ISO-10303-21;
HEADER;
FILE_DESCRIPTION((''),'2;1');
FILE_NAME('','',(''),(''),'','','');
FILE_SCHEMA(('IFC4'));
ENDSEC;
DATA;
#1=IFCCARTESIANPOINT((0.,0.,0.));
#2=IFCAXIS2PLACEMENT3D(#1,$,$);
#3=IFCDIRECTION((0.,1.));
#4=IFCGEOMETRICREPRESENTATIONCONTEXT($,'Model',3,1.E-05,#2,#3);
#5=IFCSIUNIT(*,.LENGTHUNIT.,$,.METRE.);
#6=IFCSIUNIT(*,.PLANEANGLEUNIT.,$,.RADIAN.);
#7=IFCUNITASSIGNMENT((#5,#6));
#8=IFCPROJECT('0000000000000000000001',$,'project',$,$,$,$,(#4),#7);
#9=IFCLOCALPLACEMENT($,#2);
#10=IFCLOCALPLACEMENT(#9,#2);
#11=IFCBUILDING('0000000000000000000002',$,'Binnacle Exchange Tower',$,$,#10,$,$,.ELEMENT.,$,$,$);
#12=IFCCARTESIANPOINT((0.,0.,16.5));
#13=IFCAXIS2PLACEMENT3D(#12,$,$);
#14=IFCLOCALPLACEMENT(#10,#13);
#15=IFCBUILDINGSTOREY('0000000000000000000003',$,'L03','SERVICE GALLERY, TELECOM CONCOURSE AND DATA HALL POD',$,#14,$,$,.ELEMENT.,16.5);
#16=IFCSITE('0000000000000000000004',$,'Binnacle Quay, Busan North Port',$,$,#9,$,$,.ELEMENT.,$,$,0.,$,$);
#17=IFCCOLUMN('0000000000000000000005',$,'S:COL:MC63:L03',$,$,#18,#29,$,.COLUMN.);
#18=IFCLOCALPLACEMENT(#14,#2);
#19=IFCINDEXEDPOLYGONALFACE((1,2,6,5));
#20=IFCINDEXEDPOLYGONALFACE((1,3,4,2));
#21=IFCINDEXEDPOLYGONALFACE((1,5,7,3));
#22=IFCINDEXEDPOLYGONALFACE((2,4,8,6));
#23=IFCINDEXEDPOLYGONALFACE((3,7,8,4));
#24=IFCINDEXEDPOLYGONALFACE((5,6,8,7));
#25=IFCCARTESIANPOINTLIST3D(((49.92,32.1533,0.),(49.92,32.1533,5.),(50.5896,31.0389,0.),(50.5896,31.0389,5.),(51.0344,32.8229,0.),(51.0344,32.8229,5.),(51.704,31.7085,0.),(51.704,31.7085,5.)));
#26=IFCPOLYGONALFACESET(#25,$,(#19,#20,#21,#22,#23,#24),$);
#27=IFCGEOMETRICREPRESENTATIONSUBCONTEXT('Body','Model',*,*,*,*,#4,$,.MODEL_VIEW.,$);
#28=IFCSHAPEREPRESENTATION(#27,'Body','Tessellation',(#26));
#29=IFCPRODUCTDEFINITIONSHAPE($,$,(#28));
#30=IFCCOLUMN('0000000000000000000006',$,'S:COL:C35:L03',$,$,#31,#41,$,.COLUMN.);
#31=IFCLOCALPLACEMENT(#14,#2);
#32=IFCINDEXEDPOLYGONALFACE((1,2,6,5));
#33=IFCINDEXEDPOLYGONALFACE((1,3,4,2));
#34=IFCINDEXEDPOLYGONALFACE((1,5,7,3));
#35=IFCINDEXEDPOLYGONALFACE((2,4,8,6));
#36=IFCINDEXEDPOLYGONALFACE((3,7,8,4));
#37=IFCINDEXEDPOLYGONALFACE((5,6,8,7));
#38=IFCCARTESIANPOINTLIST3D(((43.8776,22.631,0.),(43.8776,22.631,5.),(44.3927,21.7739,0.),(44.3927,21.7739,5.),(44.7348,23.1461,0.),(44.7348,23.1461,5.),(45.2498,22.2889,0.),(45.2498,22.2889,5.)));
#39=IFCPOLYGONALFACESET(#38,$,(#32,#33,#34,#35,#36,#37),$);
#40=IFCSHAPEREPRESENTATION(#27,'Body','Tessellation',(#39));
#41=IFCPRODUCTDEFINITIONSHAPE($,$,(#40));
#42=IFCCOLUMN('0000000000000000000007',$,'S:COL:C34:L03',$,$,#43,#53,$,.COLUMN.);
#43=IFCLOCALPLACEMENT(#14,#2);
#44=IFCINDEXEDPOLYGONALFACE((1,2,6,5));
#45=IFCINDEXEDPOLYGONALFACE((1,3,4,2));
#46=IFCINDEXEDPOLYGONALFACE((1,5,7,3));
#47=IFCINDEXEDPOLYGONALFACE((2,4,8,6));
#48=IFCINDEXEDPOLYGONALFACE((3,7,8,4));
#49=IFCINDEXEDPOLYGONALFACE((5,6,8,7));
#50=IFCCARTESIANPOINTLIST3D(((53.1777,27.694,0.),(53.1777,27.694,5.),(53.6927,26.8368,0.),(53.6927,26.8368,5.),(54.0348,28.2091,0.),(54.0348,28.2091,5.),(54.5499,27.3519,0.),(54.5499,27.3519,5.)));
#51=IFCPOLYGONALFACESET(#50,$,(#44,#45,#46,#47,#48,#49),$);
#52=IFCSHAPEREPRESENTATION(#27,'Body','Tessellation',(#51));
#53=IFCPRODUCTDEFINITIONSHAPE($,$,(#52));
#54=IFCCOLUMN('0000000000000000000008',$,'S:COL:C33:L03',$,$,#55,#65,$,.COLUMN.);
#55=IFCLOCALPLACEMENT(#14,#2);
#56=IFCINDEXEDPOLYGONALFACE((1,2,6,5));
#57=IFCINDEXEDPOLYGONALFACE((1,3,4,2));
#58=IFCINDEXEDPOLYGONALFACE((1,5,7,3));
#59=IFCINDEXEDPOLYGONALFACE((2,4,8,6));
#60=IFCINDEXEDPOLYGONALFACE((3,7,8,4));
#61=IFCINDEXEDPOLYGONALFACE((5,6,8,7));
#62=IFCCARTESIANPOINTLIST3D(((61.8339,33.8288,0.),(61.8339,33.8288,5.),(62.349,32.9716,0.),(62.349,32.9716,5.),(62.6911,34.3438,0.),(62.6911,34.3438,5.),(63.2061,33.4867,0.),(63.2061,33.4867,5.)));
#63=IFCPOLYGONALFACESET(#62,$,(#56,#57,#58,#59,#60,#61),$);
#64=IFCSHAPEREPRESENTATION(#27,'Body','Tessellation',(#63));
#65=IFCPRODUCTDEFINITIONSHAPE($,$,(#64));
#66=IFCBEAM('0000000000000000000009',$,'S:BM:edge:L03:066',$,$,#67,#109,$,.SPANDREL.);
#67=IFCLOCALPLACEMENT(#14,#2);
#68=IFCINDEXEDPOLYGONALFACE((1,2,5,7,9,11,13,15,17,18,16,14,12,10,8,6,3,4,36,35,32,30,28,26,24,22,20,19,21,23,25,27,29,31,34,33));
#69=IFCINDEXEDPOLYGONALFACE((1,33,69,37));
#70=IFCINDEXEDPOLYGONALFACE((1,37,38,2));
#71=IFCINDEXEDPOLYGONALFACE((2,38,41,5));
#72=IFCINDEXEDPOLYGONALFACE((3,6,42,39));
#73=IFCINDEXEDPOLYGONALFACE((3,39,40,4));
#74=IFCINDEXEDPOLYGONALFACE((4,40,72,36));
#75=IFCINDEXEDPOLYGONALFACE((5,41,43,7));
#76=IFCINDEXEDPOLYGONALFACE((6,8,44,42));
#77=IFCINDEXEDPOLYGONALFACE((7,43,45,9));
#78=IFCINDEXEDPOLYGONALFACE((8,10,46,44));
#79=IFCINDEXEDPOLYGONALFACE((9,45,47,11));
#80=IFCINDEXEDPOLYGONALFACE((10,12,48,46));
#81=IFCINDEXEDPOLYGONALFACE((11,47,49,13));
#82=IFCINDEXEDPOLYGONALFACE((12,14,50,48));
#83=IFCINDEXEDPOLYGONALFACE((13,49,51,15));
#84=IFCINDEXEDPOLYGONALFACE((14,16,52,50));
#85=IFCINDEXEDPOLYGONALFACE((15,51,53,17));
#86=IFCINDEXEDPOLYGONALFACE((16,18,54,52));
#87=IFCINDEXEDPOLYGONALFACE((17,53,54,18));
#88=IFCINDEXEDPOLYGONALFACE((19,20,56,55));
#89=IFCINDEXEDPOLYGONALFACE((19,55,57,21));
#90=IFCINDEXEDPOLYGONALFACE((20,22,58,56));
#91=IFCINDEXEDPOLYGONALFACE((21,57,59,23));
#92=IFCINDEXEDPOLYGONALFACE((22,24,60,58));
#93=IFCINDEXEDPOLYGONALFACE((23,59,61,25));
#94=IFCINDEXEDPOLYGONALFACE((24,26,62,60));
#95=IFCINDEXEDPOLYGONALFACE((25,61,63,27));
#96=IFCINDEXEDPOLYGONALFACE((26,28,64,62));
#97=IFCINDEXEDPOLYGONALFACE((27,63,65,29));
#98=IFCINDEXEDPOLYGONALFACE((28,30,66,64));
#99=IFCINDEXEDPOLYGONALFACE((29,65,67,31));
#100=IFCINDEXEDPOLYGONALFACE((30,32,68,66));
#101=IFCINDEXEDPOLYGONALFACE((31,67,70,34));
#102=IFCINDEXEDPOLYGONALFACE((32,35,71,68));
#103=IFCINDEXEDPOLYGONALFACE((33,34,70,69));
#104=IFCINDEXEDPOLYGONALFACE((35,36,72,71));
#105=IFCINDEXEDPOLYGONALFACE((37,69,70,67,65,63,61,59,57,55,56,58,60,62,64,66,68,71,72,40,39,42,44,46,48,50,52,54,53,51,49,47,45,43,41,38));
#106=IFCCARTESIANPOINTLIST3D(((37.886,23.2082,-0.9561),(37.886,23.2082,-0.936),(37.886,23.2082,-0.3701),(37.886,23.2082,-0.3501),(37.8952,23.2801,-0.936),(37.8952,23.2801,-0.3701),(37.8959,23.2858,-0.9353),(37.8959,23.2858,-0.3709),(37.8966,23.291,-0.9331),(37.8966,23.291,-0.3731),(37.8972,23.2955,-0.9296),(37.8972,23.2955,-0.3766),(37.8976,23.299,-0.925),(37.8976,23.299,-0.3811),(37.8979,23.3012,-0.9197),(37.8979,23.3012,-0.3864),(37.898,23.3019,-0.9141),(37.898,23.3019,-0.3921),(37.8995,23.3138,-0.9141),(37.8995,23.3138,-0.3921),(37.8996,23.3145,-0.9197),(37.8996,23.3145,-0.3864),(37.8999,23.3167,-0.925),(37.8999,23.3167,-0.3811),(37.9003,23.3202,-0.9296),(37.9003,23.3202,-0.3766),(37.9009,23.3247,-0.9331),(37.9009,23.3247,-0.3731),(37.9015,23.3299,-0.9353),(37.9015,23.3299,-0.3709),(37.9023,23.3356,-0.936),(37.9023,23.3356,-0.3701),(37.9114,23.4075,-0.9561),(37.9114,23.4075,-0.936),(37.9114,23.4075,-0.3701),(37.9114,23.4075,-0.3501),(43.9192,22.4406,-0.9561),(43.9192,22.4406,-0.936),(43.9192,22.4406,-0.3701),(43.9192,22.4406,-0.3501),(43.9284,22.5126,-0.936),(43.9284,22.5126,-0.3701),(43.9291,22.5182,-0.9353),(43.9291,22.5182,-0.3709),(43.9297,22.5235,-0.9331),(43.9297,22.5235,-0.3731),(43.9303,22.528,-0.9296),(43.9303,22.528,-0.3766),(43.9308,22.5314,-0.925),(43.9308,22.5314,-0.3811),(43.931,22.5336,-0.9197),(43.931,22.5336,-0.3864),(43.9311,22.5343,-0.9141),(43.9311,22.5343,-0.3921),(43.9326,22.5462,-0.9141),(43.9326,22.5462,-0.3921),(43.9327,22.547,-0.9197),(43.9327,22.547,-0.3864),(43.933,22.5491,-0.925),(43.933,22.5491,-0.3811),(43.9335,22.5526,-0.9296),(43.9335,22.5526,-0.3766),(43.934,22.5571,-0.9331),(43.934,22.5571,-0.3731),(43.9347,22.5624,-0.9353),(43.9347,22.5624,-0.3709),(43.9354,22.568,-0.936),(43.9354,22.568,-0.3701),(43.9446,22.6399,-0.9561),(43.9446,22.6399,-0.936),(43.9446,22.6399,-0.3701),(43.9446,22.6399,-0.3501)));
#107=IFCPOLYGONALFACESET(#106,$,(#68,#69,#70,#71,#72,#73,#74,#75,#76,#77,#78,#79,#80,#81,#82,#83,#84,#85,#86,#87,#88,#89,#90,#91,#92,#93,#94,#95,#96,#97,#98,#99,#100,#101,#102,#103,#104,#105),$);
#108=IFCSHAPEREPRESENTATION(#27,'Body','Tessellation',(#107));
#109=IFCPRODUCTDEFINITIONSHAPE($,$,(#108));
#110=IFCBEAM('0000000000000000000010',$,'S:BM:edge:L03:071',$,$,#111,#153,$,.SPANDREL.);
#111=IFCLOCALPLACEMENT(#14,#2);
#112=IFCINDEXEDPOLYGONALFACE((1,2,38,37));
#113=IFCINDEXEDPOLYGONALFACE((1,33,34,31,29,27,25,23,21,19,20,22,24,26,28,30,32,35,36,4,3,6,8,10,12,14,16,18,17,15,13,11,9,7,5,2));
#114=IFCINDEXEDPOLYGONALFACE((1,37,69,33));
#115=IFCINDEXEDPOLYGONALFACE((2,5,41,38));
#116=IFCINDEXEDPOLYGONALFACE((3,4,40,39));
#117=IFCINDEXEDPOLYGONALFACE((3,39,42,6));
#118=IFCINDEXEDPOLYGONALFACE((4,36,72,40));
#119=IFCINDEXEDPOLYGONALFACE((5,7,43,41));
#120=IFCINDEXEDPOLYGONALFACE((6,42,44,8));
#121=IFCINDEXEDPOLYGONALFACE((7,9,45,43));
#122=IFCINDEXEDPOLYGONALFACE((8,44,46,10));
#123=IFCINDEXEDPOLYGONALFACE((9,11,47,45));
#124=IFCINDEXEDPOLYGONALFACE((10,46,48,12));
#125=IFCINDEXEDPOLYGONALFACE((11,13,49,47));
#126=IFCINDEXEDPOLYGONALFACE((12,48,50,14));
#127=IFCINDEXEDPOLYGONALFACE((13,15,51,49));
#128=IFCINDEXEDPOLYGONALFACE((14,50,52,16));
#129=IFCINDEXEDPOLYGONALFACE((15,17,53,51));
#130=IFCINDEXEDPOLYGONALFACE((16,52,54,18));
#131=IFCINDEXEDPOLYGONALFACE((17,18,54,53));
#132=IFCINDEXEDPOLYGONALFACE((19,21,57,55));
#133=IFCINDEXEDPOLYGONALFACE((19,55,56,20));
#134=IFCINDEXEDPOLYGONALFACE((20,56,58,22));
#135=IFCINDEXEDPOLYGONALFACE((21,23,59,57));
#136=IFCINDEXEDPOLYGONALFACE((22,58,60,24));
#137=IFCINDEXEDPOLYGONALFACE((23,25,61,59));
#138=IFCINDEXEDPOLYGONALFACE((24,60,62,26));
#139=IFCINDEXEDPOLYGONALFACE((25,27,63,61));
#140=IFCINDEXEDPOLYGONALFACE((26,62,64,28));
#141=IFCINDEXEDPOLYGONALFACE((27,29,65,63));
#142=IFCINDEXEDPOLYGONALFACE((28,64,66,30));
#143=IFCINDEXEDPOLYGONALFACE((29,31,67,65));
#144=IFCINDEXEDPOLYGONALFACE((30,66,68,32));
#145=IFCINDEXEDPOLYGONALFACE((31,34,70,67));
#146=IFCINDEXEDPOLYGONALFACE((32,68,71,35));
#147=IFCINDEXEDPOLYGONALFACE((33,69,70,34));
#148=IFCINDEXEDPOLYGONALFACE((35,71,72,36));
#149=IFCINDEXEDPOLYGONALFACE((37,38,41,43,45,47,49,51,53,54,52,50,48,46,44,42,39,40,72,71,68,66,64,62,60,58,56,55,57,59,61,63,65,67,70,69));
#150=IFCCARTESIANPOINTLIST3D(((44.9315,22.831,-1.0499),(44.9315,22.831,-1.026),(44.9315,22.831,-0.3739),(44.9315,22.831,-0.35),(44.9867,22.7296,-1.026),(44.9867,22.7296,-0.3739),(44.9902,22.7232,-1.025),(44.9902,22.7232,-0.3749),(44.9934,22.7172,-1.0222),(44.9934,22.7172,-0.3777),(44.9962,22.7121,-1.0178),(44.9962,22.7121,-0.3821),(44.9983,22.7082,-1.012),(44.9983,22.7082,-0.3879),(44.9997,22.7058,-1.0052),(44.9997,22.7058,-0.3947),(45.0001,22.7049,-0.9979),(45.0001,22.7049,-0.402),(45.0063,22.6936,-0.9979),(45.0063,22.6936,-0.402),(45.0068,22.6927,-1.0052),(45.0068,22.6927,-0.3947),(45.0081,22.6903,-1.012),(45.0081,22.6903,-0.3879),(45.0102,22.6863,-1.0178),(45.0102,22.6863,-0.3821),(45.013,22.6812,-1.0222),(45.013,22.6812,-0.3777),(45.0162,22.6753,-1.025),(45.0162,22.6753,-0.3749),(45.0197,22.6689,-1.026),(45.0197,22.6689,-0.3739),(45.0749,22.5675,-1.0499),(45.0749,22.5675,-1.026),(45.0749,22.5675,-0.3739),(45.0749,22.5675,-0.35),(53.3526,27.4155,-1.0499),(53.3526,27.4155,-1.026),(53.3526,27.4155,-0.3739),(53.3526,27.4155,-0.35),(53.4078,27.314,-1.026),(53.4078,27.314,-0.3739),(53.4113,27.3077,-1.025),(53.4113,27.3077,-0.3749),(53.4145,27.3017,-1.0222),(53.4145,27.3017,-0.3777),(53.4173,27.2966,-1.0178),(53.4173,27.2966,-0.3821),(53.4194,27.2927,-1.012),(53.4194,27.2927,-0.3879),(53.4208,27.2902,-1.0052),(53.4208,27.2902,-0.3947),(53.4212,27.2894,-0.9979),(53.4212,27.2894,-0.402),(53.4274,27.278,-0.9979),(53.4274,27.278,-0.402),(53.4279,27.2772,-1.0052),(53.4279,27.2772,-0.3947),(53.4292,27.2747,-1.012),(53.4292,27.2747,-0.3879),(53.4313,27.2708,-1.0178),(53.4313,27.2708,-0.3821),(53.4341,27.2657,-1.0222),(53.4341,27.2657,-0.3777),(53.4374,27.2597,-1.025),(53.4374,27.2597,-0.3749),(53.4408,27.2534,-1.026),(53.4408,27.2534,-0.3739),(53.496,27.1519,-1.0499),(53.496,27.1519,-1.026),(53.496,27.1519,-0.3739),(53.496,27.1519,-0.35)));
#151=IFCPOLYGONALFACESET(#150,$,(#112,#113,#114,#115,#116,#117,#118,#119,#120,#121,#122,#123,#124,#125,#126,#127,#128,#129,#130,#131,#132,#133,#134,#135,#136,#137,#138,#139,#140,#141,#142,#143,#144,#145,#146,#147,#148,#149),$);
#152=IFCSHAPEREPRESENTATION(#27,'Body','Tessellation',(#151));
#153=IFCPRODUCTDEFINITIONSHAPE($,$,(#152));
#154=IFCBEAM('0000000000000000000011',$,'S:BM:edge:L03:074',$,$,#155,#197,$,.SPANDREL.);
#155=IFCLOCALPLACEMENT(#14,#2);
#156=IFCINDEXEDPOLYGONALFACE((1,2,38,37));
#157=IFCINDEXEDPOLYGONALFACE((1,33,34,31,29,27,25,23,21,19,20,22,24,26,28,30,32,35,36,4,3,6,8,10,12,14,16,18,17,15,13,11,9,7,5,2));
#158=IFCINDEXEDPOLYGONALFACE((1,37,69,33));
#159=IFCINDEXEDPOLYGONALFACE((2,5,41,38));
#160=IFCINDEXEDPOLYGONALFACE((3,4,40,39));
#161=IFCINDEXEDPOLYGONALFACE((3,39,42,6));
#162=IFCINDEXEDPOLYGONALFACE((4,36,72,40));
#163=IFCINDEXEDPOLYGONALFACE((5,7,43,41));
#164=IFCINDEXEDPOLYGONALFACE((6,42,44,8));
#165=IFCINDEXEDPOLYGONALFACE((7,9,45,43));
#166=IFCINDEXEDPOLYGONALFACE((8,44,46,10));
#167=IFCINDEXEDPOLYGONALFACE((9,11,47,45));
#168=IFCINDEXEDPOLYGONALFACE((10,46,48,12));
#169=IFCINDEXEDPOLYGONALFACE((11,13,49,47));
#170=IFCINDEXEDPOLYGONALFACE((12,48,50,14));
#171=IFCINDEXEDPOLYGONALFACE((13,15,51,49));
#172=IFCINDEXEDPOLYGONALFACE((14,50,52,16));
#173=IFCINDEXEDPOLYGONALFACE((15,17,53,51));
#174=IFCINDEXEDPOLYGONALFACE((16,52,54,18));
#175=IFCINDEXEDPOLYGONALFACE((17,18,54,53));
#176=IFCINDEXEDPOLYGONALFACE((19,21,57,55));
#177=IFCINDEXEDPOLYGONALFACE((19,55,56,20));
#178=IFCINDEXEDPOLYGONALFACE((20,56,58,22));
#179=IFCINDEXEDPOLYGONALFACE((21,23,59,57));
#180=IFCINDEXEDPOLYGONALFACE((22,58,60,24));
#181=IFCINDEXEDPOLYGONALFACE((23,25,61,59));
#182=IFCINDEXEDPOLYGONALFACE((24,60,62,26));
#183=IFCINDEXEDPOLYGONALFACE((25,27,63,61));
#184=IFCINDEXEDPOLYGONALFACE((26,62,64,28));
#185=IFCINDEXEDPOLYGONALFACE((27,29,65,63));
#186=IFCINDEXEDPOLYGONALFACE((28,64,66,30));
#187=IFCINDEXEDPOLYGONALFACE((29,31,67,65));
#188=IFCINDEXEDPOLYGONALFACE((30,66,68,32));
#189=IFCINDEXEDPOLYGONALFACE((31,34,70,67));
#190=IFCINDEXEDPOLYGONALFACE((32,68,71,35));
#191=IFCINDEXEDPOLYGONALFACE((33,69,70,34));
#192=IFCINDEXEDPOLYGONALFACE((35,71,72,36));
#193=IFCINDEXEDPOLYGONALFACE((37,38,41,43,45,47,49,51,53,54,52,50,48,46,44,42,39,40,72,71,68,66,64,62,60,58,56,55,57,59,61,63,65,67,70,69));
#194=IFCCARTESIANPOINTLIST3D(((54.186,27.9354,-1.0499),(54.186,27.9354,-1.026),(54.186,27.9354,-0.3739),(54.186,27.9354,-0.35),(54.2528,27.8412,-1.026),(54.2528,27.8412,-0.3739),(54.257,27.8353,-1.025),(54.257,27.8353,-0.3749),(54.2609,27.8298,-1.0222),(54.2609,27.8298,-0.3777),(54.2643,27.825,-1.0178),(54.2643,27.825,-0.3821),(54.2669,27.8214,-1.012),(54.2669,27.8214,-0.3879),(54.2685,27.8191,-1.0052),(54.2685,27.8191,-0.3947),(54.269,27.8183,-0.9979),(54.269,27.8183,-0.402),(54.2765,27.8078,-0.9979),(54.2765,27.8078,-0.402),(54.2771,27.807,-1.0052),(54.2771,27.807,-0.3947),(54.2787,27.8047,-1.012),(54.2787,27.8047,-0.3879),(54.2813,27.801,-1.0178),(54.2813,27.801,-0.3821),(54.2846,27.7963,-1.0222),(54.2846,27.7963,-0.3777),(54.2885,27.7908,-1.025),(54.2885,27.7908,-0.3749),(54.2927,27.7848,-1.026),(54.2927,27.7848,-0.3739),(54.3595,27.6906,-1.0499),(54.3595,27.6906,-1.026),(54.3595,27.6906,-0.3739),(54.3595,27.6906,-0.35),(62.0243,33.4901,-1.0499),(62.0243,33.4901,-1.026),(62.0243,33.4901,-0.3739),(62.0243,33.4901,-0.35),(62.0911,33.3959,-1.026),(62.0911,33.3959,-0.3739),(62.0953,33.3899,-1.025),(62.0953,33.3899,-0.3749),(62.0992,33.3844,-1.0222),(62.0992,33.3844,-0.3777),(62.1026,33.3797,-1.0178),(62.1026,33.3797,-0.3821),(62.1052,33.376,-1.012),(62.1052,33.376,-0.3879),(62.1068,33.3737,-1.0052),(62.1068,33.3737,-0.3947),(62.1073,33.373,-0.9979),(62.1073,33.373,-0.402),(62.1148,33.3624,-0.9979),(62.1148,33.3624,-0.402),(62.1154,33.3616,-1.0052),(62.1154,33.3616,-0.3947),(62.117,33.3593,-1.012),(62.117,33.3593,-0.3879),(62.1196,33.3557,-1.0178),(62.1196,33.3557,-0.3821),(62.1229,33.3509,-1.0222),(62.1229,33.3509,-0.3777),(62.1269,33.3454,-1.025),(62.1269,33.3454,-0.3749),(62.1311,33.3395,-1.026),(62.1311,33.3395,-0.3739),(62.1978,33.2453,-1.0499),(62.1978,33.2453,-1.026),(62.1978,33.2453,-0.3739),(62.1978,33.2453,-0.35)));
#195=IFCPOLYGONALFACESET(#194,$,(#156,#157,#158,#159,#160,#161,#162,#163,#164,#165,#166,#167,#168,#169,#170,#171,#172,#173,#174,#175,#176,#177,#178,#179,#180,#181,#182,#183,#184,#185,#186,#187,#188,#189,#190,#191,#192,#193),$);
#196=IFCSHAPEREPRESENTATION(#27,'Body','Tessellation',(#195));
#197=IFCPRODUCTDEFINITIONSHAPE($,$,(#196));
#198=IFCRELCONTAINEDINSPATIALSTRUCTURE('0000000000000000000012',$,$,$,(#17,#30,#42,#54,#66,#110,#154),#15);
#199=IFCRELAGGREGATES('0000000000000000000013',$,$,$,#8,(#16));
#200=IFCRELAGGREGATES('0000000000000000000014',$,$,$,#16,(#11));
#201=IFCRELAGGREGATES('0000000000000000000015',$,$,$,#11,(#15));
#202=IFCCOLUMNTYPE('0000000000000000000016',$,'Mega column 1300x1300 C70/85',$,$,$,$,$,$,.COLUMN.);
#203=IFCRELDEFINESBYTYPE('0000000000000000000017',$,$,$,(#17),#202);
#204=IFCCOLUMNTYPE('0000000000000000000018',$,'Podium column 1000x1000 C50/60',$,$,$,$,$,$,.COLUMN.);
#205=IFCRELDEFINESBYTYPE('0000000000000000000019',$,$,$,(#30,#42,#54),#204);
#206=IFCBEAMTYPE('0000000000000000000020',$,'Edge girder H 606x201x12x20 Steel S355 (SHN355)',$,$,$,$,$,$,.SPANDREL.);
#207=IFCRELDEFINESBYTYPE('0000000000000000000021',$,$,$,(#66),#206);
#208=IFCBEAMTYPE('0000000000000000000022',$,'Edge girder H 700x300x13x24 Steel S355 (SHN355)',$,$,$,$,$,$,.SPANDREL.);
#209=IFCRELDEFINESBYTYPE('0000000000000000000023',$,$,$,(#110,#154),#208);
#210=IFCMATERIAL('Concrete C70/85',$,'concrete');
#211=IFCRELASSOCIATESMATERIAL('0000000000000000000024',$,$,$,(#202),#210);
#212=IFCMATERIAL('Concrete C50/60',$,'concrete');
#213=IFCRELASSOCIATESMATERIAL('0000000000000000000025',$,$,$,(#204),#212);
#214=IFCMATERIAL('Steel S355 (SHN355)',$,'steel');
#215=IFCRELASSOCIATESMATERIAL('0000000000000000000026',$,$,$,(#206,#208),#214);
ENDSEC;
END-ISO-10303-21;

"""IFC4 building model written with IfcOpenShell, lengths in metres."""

from ifc_helpers import new_model, si_unit, direction, frame, origin, origin_2d, place, context, subcontext, project, spatial, rectangle, i_section, extrude, material, material_profile, profile_set, type_object, element, save


model = new_model("IFC4")

# Units and contexts
model_context = context("Model", 3, precision=1e-05, world=origin(), true_north=direction((0.0, 1.0)))
body_context = subcontext(model_context, "Body", "Model", "MODEL_VIEW")
ifc_project = project(units=[si_unit("LENGTHUNIT", "METRE"), si_unit("PLANEANGLEUNIT", "RADIAN")], contexts=[model_context])

# Site, building, storey
site_placement = place(None, origin())
site = spatial("IfcSite", under=ifc_project, at=site_placement, Name="Binnacle Quay, Busan North Port", CompositionType="ELEMENT", RefElevation=0.0)
building_placement = place(site_placement, origin())
building = spatial("IfcBuilding", under=site, at=building_placement, Name="Binnacle Exchange Tower", CompositionType="ELEMENT")
storey_placement = place(building_placement, frame((0.0, 0.0, 16.5)))
storey = spatial("IfcBuildingStorey", under=building, at=storey_placement, Name="L03", Description="SERVICE GALLERY, TELECOM CONCOURSE AND DATA HALL POD", CompositionType="ELEMENT", Elevation=16.5)

# Columns
ifc_material_1 = material(Name="Concrete C70/85", Category="concrete")
ifc_material_profile_1 = material_profile(ifc_material_1, rectangle(XDim=1.3, YDim=1.3, at=origin_2d()), Name="Mega column 1300x1300 C70/85")
ifc_profile_set_1 = profile_set([ifc_material_profile_1], Name="Concrete C70/85")
column_type_1 = type_object("IfcColumnType", Name="Mega column 1300x1300 C70/85", PredefinedType="COLUMN", material=ifc_profile_set_1)
column_placement = place(storey_placement, frame((50.812, 31.9309, 0.0), z_axis=(0.0, 0.0, 1.0), x_axis=(0.857167, 0.515038, 0.0)))
element("IfcColumn", 1, at=column_placement, inside=storey, type_object=column_type_1, Name="S:COL:MC63:L03", PredefinedType="COLUMN", context=body_context, shape_type="SweptSolid", body=[
    extrude(rectangle(XDim=1.3, YDim=1.3, at=origin_2d()), origin(), (0.0, 0.0, 1.0), 5.0),
])
ifc_material_2 = material(Name="Concrete C50/60", Category="concrete")
ifc_material_profile_2 = material_profile(ifc_material_2, rectangle(XDim=1.0, YDim=1.0, at=origin_2d()), Name="Podium column 1000x1000 C50/60")
ifc_profile_set_2 = profile_set([ifc_material_profile_2], Name="Concrete C50/60")
column_type_2 = type_object("IfcColumnType", Name="Podium column 1000x1000 C50/60", PredefinedType="COLUMN", material=ifc_profile_set_2)
for number, where, z_axis, x_axis, name in (
    (2, (44.5637, 22.46, 0.0), (0.0, 0.0, 1.0), (0.857167, 0.515038, 0.0), "S:COL:C35:L03"),
    (3, (53.8638, 27.5229, 0.0), (0.0, 0.0, 1.0), (0.857167, 0.515038, 0.0), "S:COL:C34:L03"),
    (4, (62.52, 33.6577, 0.0), (0.0, 0.0, 1.0), (0.857167, 0.515038, 0.0), "S:COL:C33:L03"),
):
    element("IfcColumn", number, at=place(storey_placement, frame(where, z_axis=z_axis, x_axis=x_axis)), inside=storey, type_object=column_type_2, Name=name, PredefinedType="COLUMN", context=body_context, shape_type="SweptSolid", body=[
        extrude(rectangle(XDim=1.0, YDim=1.0, at=origin_2d()), origin(), (0.0, 0.0, 1.0), 5.0),
    ])

# Beams
ifc_material_3 = material(Name="Steel S355 (SHN355)", Category="steel")
ifc_material_profile_3 = material_profile(ifc_material_3, i_section(OverallWidth=0.2009, OverallDepth=0.606, WebThickness=0.012, FlangeThickness=0.02, FilletRadius=0.022, at=origin_2d()), Name="H 606x201x12x20")
ifc_profile_set_3 = profile_set([ifc_material_profile_3], Name="Steel S355 (SHN355)")
beam_type_1 = type_object("IfcBeamType", Name="Edge girder H 606x201x12x20 Steel S355 (SHN355)", PredefinedType="SPANDREL", material=ifc_profile_set_3)
beam_1_placement = place(storey_placement, frame((43.9319, 22.5403, -0.6531), z_axis=(-0.992004, 0.126208, 0.0), x_axis=(-0.126208, -0.992004, 0.0)))
element("IfcBeam", 5, at=beam_1_placement, inside=storey, type_object=beam_type_1, Name="S:BM:edge:L03:066", PredefinedType="SPANDREL", context=body_context, shape_type="SweptSolid", body=[
    extrude(i_section(OverallWidth=0.2009, OverallDepth=0.606, WebThickness=0.012, FlangeThickness=0.02, FilletRadius=0.022, at=origin_2d()), origin(), (0.0, 0.0, 1.0), 6.0818),
])
ifc_material_profile_4 = material_profile(ifc_material_3, i_section(OverallWidth=0.3, OverallDepth=0.7, WebThickness=0.0129, FlangeThickness=0.0239, FilletRadius=0.0281, at=origin_2d()), Name="H 700x300x13x24")
ifc_profile_set_4 = profile_set([ifc_material_profile_4], Name="Steel S355 (SHN355)")
beam_type_2 = type_object("IfcBeamType", Name="Edge girder H 700x300x13x24 Steel S355 (SHN355)", PredefinedType="SPANDREL", material=ifc_profile_set_4)
beam_2_placement = place(storey_placement, frame((53.4243, 27.2837, -0.7), z_axis=(-0.878285, -0.478138, 0.0), x_axis=(0.478138, -0.878285, 0.0)))
element("IfcBeam", 6, at=beam_2_placement, inside=storey, type_object=beam_type_2, Name="S:BM:edge:L03:071", PredefinedType="SPANDREL", context=body_context, shape_type="SweptSolid", body=[
    extrude(i_section(OverallWidth=0.3, OverallDepth=0.7, WebThickness=0.0129, FlangeThickness=0.0239, FilletRadius=0.0281, at=origin_2d()), origin(), (0.0, 0.0, 1.0), 9.5881),
])
beam_3_placement = place(storey_placement, frame((62.1111, 33.3677, -0.7), z_axis=(-0.815902, -0.578191, 0.0), x_axis=(0.578191, -0.815902, 0.0)))
element("IfcBeam", 7, at=beam_3_placement, inside=storey, type_object=beam_type_2, Name="S:BM:edge:L03:074", PredefinedType="SPANDREL", context=body_context, shape_type="SweptSolid", body=[
    extrude(i_section(OverallWidth=0.3, OverallDepth=0.7, WebThickness=0.0129, FlangeThickness=0.0239, FilletRadius=0.0281, at=origin_2d()), origin(), (0.0, 0.0, 1.0), 9.6069),
])

save(model, "model.ifc")
